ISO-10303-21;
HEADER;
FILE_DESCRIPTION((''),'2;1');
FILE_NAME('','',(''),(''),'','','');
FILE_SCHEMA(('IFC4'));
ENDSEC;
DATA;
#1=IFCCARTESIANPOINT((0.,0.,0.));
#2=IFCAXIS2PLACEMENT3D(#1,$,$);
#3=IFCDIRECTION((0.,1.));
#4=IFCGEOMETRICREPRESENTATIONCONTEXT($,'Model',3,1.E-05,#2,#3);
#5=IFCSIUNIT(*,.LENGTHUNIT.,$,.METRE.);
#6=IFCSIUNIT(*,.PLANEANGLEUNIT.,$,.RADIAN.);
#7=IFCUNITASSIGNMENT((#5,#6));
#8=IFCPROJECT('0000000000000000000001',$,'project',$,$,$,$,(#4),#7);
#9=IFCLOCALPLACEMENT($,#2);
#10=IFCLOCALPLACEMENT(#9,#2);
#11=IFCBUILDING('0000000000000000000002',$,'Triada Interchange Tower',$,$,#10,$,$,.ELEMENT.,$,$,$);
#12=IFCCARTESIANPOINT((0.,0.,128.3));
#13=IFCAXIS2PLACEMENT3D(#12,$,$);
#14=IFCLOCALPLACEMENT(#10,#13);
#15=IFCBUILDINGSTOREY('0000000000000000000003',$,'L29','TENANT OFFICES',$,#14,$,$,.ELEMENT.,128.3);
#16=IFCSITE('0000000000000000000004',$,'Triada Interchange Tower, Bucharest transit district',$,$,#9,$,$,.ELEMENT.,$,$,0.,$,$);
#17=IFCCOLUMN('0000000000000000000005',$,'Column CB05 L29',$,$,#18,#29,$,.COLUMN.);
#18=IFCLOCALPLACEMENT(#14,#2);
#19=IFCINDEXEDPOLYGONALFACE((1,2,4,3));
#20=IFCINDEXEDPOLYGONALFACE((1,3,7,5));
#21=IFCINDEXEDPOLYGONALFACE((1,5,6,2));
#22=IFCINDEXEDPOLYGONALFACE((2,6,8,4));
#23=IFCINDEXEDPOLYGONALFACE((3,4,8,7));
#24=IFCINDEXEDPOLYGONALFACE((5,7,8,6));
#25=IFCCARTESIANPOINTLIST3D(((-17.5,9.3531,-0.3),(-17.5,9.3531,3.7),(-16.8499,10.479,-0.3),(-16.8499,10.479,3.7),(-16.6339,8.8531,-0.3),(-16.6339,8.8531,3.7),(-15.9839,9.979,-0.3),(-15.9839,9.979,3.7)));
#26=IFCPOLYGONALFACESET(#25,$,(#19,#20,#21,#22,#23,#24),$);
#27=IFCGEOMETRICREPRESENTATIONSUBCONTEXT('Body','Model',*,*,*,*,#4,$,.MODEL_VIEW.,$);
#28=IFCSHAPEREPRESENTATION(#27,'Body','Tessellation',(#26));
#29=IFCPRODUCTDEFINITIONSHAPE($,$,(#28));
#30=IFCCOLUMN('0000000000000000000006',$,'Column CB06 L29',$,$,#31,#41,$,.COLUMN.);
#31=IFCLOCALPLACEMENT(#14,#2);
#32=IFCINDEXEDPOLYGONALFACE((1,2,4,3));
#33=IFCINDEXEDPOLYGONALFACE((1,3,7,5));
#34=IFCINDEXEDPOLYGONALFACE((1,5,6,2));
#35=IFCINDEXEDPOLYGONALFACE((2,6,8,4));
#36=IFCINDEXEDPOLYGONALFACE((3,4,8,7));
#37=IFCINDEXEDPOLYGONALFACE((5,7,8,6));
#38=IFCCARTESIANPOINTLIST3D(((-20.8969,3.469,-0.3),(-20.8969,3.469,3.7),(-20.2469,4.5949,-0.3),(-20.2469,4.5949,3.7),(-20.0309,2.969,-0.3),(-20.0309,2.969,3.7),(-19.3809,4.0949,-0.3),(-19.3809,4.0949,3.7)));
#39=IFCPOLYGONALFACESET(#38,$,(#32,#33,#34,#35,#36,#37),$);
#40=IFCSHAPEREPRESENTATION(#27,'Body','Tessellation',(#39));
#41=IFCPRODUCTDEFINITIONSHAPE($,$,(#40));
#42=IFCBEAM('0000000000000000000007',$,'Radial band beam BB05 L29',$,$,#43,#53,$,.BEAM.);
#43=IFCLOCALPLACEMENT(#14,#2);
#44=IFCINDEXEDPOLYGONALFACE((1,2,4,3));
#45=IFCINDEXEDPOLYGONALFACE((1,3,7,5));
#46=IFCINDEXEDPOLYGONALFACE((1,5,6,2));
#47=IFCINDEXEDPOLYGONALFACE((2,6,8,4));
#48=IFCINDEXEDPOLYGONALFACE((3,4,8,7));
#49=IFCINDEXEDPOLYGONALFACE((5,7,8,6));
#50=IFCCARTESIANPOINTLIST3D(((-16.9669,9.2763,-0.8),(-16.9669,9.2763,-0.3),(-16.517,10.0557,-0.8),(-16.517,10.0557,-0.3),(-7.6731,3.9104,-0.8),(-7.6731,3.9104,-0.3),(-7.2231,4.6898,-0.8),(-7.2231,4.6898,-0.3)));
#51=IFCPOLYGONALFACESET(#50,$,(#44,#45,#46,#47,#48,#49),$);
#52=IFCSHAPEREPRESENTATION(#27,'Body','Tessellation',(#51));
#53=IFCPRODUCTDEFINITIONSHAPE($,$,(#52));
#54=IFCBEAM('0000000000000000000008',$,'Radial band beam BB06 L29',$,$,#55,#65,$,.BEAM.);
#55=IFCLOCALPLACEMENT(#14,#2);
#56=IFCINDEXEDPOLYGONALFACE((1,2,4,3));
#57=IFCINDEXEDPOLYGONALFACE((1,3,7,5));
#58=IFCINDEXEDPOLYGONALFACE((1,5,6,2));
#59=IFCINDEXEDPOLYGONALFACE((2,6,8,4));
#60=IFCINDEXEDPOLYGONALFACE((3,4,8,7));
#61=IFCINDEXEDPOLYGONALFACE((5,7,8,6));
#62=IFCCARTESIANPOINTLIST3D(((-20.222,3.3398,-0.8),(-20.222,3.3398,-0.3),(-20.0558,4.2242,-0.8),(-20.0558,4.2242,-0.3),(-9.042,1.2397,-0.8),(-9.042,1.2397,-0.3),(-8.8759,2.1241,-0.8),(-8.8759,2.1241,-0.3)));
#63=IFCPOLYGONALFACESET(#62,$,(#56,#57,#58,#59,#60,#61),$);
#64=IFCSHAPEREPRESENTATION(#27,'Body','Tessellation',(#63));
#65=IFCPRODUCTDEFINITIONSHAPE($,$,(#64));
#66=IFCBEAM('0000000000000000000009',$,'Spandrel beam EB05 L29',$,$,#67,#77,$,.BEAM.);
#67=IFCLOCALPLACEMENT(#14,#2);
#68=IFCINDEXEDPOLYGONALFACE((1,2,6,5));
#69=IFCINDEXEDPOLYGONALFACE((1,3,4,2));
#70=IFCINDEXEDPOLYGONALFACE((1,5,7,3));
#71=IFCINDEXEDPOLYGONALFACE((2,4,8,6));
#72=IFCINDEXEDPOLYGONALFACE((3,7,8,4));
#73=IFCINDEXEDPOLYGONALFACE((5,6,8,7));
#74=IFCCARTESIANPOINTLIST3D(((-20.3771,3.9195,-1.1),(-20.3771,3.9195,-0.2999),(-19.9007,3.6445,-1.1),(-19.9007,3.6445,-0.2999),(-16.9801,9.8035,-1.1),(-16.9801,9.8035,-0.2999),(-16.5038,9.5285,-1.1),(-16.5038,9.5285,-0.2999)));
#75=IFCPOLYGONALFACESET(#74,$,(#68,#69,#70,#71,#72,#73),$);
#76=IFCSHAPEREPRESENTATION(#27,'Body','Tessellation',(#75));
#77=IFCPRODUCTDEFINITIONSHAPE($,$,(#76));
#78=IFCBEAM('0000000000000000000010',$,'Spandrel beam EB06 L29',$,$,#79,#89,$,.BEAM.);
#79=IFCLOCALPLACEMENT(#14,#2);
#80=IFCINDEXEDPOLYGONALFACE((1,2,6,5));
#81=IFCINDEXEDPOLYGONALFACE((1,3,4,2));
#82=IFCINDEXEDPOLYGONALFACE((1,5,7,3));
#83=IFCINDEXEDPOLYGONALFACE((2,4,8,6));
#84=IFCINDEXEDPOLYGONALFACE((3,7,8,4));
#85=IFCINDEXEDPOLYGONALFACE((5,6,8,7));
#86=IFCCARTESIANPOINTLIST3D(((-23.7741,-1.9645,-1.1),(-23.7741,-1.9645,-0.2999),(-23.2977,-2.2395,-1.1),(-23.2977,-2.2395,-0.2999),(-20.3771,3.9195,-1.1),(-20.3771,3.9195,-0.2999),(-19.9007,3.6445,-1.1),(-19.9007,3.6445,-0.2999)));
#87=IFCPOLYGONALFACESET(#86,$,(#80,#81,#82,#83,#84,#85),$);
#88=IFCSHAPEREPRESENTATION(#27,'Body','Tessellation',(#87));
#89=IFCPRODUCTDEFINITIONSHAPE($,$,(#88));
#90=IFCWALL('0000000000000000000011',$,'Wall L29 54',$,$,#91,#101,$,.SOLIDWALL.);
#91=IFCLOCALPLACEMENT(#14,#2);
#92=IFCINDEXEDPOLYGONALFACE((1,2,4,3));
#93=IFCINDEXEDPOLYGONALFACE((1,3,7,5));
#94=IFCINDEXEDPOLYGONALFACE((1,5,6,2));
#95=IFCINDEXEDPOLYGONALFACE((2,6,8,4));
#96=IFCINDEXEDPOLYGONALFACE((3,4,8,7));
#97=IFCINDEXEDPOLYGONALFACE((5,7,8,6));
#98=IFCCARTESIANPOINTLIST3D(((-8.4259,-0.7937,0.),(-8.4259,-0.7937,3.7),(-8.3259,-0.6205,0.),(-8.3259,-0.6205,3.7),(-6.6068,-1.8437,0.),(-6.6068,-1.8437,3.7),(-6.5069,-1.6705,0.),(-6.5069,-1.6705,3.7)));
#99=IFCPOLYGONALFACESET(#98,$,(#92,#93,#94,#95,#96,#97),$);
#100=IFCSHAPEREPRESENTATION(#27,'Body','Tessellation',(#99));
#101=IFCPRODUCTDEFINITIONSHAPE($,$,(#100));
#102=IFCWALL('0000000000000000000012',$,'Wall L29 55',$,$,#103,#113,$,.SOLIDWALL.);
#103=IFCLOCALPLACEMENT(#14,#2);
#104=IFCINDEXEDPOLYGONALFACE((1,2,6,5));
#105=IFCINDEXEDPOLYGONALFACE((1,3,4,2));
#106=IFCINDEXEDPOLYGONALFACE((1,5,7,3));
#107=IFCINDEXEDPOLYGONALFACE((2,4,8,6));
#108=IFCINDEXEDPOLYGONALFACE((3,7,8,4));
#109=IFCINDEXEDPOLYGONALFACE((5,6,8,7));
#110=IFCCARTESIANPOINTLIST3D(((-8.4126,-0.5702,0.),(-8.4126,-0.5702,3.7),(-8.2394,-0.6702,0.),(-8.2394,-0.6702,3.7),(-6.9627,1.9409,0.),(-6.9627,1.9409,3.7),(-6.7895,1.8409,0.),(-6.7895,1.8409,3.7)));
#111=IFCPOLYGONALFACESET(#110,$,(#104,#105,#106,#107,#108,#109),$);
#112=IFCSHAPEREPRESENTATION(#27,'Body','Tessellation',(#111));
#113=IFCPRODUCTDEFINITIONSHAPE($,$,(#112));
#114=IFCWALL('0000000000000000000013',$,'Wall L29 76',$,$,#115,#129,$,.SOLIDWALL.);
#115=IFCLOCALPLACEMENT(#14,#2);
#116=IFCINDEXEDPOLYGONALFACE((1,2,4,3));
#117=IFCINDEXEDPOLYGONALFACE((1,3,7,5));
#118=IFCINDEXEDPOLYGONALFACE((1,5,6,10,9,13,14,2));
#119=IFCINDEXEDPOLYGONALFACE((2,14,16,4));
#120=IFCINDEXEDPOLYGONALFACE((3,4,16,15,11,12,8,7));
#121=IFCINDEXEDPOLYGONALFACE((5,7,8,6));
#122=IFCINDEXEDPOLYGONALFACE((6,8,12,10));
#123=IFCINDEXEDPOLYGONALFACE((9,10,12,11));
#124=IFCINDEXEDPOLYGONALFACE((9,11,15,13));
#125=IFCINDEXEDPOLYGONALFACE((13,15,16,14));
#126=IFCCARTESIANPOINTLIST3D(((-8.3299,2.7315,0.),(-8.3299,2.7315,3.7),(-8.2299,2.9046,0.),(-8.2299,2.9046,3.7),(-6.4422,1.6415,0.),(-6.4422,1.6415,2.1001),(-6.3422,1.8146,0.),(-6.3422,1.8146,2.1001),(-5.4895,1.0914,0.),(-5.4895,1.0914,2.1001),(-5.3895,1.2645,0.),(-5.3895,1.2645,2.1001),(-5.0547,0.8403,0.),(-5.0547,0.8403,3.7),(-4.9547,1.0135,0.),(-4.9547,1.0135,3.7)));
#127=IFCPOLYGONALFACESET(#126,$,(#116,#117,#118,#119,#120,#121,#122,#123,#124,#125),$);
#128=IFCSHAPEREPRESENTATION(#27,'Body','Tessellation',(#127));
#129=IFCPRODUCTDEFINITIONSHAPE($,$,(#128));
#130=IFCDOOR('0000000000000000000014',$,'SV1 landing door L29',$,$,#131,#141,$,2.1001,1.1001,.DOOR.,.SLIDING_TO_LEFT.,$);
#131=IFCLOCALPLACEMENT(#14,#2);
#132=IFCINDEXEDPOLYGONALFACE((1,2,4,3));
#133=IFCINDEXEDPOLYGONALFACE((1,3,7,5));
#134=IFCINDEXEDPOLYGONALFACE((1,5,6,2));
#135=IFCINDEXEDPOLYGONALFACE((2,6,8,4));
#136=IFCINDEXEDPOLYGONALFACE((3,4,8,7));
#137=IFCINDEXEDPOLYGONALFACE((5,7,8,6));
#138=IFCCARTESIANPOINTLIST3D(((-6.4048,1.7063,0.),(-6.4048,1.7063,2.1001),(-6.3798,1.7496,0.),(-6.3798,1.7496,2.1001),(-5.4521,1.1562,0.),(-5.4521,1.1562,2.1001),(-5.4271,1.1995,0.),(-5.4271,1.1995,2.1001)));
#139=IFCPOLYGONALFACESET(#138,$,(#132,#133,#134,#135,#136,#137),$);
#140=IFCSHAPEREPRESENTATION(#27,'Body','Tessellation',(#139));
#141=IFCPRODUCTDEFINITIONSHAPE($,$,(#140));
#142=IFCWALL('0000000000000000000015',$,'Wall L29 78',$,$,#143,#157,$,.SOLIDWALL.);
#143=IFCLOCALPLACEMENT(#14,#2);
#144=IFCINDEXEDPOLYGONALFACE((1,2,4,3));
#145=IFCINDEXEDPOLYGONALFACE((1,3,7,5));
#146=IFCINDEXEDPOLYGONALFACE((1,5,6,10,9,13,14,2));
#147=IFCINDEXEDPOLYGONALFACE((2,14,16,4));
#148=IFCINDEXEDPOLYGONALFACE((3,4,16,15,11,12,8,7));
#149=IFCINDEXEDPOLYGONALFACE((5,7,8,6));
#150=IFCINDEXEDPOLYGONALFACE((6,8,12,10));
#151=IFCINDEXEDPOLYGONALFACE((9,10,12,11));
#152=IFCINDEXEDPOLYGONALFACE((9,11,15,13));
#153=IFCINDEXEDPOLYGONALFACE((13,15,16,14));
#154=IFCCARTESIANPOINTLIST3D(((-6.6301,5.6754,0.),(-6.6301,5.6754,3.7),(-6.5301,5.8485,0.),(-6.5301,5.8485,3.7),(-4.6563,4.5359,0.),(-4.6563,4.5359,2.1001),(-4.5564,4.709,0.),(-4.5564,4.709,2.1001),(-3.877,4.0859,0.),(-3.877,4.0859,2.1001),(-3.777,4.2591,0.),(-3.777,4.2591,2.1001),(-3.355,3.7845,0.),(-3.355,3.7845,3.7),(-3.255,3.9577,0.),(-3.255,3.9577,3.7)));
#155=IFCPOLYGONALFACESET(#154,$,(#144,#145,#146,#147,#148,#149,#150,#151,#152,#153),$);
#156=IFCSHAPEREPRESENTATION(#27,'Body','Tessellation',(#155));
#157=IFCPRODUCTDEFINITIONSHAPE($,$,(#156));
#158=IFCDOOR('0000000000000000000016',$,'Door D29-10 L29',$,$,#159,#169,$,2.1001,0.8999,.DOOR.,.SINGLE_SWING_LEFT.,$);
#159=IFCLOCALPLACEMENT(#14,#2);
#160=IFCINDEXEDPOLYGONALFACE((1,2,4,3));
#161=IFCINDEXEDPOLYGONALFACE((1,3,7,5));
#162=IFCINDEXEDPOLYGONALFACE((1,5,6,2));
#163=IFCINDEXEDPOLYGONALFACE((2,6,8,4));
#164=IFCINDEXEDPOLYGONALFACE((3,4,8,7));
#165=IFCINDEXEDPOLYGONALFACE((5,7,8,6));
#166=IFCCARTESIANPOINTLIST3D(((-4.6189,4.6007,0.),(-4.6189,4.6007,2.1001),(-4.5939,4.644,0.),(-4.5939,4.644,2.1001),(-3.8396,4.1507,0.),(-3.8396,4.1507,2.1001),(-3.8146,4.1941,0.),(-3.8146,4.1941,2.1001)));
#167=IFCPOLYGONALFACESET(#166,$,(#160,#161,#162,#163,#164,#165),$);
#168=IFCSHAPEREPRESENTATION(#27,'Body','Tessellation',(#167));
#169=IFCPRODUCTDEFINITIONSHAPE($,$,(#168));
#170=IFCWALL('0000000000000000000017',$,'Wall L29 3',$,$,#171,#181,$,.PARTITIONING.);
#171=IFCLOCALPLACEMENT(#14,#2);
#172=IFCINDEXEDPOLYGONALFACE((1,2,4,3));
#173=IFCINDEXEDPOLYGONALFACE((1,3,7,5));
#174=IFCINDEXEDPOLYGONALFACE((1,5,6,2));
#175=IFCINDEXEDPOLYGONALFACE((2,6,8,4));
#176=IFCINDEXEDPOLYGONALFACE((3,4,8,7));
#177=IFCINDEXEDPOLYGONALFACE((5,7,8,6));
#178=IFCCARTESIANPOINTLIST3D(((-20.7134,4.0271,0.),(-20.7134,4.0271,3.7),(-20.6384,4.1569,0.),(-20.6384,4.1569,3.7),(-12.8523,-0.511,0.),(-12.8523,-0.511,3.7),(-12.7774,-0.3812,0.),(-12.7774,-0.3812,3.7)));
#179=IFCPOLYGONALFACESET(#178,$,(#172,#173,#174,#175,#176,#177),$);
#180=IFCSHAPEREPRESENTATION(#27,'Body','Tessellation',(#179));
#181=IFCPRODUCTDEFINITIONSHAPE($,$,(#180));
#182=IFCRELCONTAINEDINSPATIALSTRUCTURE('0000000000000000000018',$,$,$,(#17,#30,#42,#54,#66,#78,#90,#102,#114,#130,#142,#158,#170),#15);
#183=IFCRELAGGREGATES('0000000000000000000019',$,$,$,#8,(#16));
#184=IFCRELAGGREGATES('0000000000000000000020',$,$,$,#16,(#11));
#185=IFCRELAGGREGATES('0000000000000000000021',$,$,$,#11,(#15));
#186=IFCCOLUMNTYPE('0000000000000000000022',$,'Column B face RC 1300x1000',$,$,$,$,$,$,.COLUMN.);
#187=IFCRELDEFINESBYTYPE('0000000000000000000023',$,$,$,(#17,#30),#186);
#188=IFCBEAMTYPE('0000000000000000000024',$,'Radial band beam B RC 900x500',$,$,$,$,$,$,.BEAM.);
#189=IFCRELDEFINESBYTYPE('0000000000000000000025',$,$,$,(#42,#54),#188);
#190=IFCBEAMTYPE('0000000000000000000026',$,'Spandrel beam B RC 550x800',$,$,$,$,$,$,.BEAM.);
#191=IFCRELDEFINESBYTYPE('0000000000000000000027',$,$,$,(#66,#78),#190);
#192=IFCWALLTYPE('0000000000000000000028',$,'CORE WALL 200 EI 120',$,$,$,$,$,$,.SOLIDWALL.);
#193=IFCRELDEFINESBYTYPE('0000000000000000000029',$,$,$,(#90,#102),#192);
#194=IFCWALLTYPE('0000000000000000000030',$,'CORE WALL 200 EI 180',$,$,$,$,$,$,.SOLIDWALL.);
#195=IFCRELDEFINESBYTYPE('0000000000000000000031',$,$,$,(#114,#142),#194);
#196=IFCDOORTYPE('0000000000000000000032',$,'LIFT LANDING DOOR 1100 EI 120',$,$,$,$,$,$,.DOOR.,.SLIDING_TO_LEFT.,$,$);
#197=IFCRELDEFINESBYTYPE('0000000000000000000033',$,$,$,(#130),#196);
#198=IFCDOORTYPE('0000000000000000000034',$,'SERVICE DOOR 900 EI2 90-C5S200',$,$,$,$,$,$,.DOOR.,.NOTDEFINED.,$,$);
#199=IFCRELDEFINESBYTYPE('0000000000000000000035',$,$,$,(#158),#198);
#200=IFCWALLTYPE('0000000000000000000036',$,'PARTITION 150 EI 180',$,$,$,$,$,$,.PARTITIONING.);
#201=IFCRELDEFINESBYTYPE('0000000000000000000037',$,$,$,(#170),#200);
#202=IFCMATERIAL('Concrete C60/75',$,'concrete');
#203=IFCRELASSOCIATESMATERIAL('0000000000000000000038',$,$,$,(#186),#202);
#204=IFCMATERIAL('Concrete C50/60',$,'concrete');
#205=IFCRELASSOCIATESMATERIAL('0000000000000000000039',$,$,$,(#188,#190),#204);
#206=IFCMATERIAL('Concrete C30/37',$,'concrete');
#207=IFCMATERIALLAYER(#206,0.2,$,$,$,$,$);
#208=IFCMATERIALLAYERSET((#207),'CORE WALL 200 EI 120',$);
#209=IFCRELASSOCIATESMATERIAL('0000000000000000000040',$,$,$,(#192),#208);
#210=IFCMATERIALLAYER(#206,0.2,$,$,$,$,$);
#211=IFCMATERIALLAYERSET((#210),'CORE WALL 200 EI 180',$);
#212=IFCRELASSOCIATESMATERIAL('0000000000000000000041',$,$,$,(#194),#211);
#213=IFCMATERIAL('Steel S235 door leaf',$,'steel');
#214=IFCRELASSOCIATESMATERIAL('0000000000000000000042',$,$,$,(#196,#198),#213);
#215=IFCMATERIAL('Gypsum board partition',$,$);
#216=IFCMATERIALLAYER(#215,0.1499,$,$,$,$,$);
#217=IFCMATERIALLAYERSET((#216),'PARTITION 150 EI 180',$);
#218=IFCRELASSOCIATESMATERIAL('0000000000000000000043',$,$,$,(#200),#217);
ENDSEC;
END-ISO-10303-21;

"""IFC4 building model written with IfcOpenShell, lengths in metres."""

from ifc_helpers import new_model, si_unit, direction, frame, frame_2d, origin, origin_2d, place, context, subcontext, project, spatial, rectangle, extrude, material, layer, layer_set, material_profile, profile_set, type_object, element, fill, save


model = new_model("IFC4")

# Units and contexts
model_context = context("Model", 3, precision=1e-05, world=origin(), true_north=direction((0.0, 1.0)))
body_context = subcontext(model_context, "Body", "Model", "MODEL_VIEW")
ifc_project = project(units=[si_unit("LENGTHUNIT", "METRE"), si_unit("PLANEANGLEUNIT", "RADIAN")], contexts=[model_context])

# Site, building, storey
site_placement = place(None, origin())
site = spatial("IfcSite", under=ifc_project, at=site_placement, Name="Triada Interchange Tower, Bucharest transit district", CompositionType="ELEMENT", RefElevation=0.0)
building_placement = place(site_placement, origin())
building = spatial("IfcBuilding", under=site, at=building_placement, Name="Triada Interchange Tower", CompositionType="ELEMENT")
storey_placement = place(building_placement, frame((0.0, 0.0, 128.3)))
storey = spatial("IfcBuildingStorey", under=building, at=storey_placement, Name="L29", Description="TENANT OFFICES", CompositionType="ELEMENT", Elevation=128.3)

# Columns
ifc_material_1 = material(Name="Concrete C60/75", Category="concrete")
ifc_material_profile_1 = material_profile(ifc_material_1, rectangle(XDim=1.3, YDim=1.0, at=origin_2d()), Name="RC 1300x1000")
ifc_profile_set_1 = profile_set([ifc_material_profile_1], Name="Concrete C60/75")
column_type = type_object("IfcColumnType", Name="Column B face RC 1300x1000", PredefinedType="COLUMN", material=ifc_profile_set_1)
for number, where, z_axis, x_axis, name in (
    (1, (-16.7419, 9.666, -0.3), (0.0, 0.0, 1.0), (0.5, 0.866025, 0.0), "Column CB05 L29"),
    (2, (-20.1389, 3.782, -0.3), (0.0, 0.0, 1.0), (0.5, 0.866025, 0.0), "Column CB06 L29"),
):
    element("IfcColumn", number, at=place(storey_placement, frame(where, z_axis=z_axis, x_axis=x_axis)), inside=storey, type_object=column_type, Name=name, PredefinedType="COLUMN", context=body_context, shape_type="SweptSolid", body=[
        extrude(rectangle(XDim=1.3, YDim=1.0, at=origin_2d()), origin(), (0.0, 0.0, 1.0), 4.0),
    ])

# Beams
ifc_material_2 = material(Name="Concrete C50/60", Category="concrete")
ifc_material_profile_2 = material_profile(ifc_material_2, rectangle(XDim=0.8999, YDim=0.5, at=origin_2d()), Name="RC 900x500")
ifc_profile_set_2 = profile_set([ifc_material_profile_2], Name="Concrete C50/60")
beam_type_1 = type_object("IfcBeamType", Name="Radial band beam B RC 900x500", PredefinedType="BEAM", material=ifc_profile_set_2)
beam_1_placement = place(storey_placement, frame((-16.7419, 9.666, -0.55), z_axis=(0.866021, -0.500007, 0.0), x_axis=(0.500007, 0.866021, 0.0)))
element("IfcBeam", 3, at=beam_1_placement, inside=storey, type_object=beam_type_1, Name="Radial band beam BB05 L29", PredefinedType="BEAM", context=body_context, shape_type="SweptSolid", body=[
    extrude(rectangle(XDim=0.8999, YDim=0.5, at=origin_2d()), origin(), (0.0, 0.0, 1.0), 10.7317),
])
beam_2_placement = place(storey_placement, frame((-20.1389, 3.782, -0.55), z_axis=(0.982811, -0.184616, 0.0), x_axis=(0.184616, 0.982811, 0.0)))
element("IfcBeam", 4, at=beam_2_placement, inside=storey, type_object=beam_type_1, Name="Radial band beam BB06 L29", PredefinedType="BEAM", context=body_context, shape_type="SweptSolid", body=[
    extrude(rectangle(XDim=0.8999, YDim=0.5, at=origin_2d()), origin(), (0.0, 0.0, 1.0), 11.3755),
])
ifc_material_profile_3 = material_profile(ifc_material_2, rectangle(XDim=0.55, YDim=0.8, at=origin_2d()), Name="RC 550x800")
ifc_profile_set_3 = profile_set([ifc_material_profile_3], Name="Concrete C50/60")
beam_type_2 = type_object("IfcBeamType", Name="Spandrel beam B RC 550x800", PredefinedType="BEAM", material=ifc_profile_set_3)
for number, where, z_axis, x_axis, name in (
    (5, (-16.7419, 9.666, -0.7), (-0.499981, -0.866037, 0.0), (0.866037, -0.499981, 0.0), "Spandrel beam EB05 L29"),
    (6, (-20.1389, 3.782, -0.7), (-0.499981, -0.866037, 0.0), (0.866037, -0.499981, 0.0), "Spandrel beam EB06 L29"),
):
    element("IfcBeam", number, at=place(storey_placement, frame(where, z_axis=z_axis, x_axis=x_axis)), inside=storey, type_object=beam_type_2, Name=name, PredefinedType="BEAM", context=body_context, shape_type="SweptSolid", body=[
        extrude(rectangle(XDim=0.55, YDim=0.8, at=origin_2d()), origin(), (0.0, 0.0, 1.0), 6.7942),
    ])

# Walls
ifc_material_3 = material(Name="Concrete C30/37", Category="concrete")
ifc_layer_1 = layer(ifc_material_3, 0.2)
ifc_layer_set_1 = layer_set([ifc_layer_1], Name="CORE WALL 200 EI 120")
wall_type_1 = type_object("IfcWallType", Name="CORE WALL 200 EI 120", PredefinedType="SOLIDWALL", material=ifc_layer_set_1)
wall_1_placement = place(storey_placement, frame((-8.376, -0.707, 0.0), z_axis=(0.0, 0.0, 1.0), x_axis=(0.866068, -0.499927, 0.0)))
element("IfcWall", 7, at=wall_1_placement, inside=storey, type_object=wall_type_1, Name="Wall L29 54", PredefinedType="SOLIDWALL", context=body_context, shape_type="SweptSolid", body=[
    extrude(rectangle(XDim=2.1003, YDim=0.2, at=frame_2d((1.0503, 0.0))), origin(), (0.0, 0.0, 1.0), 3.7),
])
wall_2_placement = place(storey_placement, frame((-8.3259, -0.6201, 0.0), z_axis=(0.0, 0.0, 1.0), x_axis=(0.500024, 0.866012, 0.0)))
element("IfcWall", 8, at=wall_2_placement, inside=storey, type_object=wall_type_1, Name="Wall L29 55", PredefinedType="SOLIDWALL", context=body_context, shape_type="SweptSolid", body=[
    extrude(rectangle(XDim=2.8997, YDim=0.2, at=frame_2d((1.4497, 0.0))), origin(), (0.0, 0.0, 1.0), 3.7),
])

# Walls, openings, doors
ifc_layer_2 = layer(ifc_material_3, 0.2)
ifc_layer_set_2 = layer_set([ifc_layer_2], Name="CORE WALL 200 EI 180")
wall_type_2 = type_object("IfcWallType", Name="CORE WALL 200 EI 180", PredefinedType="SOLIDWALL", material=ifc_layer_set_2)
wall_3_placement = place(storey_placement, frame((-8.28, 2.8181, 0.0), z_axis=(0.0, 0.0, 1.0), x_axis=(0.866002, -0.500041, 0.0)))
wall_3 = element("IfcWall", 9, at=wall_3_placement, inside=storey, type_object=wall_type_2, Name="Wall L29 76", PredefinedType="SOLIDWALL", context=body_context, shape_type="SweptSolid", body=[
    extrude(rectangle(XDim=3.782, YDim=0.2, at=frame_2d((1.8911, 0.0))), origin(), (0.0, 0.0, 1.0), 3.7),
])
opening_1_placement = place(wall_3_placement, frame((2.1799, 0.0, 0.0)))
opening_1 = element("IfcOpeningElement", 10, at=opening_1_placement, cuts=wall_3, PredefinedType="OPENING", context=body_context, shape_type="SweptSolid", body=[
    extrude(rectangle(XDim=1.1001, YDim=2.1001, at=frame_2d((0.55, 1.05))), frame((0.0, 0.1099, 0.0), z_axis=(0.0, -1.0, 0.0), x_axis=(1.0, 0.0, 0.0)), (0.0, 0.0, 1.0), 0.22),
])
ifc_material_4 = material(Name="Steel S235 door leaf", Category="steel")
door_type_1 = type_object("IfcDoorType", Name="LIFT LANDING DOOR 1100 EI 120", OperationType="SLIDING_TO_LEFT", PredefinedType="DOOR", material=ifc_material_4)
door_1_placement = place(opening_1_placement, origin())
door_1 = element("IfcDoor", 11, at=door_1_placement, inside=storey, type_object=door_type_1, Name="SV1 landing door L29", OperationType="SLIDING_TO_LEFT", OverallHeight=2.1001, OverallWidth=1.1001, PredefinedType="DOOR", context=body_context, shape_type="SweptSolid", body=[
    extrude(rectangle(XDim=1.1001, YDim=2.1001, at=frame_2d((0.55, 1.05))), frame((0.0, 0.0249, 0.0), z_axis=(0.0, -1.0, 0.0), x_axis=(1.0, 0.0, 0.0)), (0.0, 0.0, 1.0), 0.05),
])
fill(opening_1, door_1)
wall_4_placement = place(storey_placement, frame((-6.5801, 5.762, 0.0), z_axis=(0.0, 0.0, 1.0), x_axis=(0.86603, -0.499993, 0.0)))
wall_4 = element("IfcWall", 12, at=wall_4_placement, inside=storey, type_object=wall_type_2, Name="Wall L29 78", PredefinedType="SOLIDWALL", context=body_context, shape_type="SweptSolid", body=[
    extrude(rectangle(XDim=3.7817, YDim=0.2, at=frame_2d((1.8909, 0.0))), origin(), (0.0, 0.0, 1.0), 3.7),
])
opening_2_placement = place(wall_4_placement, frame((2.2791, 0.0, 0.0)))
opening_2 = element("IfcOpeningElement", 13, at=opening_2_placement, cuts=wall_4, PredefinedType="OPENING", context=body_context, shape_type="SweptSolid", body=[
    extrude(rectangle(XDim=0.8999, YDim=2.1001, at=frame_2d((0.45, 1.05))), frame((0.0, 0.1099, 0.0), z_axis=(0.0, -1.0, 0.0), x_axis=(1.0, 0.0, 0.0)), (0.0, 0.0, 1.0), 0.22),
])
door_type_2 = type_object("IfcDoorType", Name="SERVICE DOOR 900 EI2 90-C5S200", OperationType="NOTDEFINED", PredefinedType="DOOR", material=ifc_material_4)
door_2_placement = place(opening_2_placement, origin())
door_2 = element("IfcDoor", 14, at=door_2_placement, inside=storey, type_object=door_type_2, Name="Door D29-10 L29", OperationType="SINGLE_SWING_LEFT", OverallHeight=2.1001, OverallWidth=0.8999, PredefinedType="DOOR", context=body_context, shape_type="SweptSolid", body=[
    extrude(rectangle(XDim=0.8999, YDim=2.1001, at=frame_2d((0.45, 1.05))), frame((0.0, 0.0249, 0.0), z_axis=(0.0, -1.0, 0.0), x_axis=(1.0, 0.0, 0.0)), (0.0, 0.0, 1.0), 0.05),
])
fill(opening_2, door_2)

# Wall
ifc_material_5 = material(Name="Gypsum board partition")
ifc_layer_3 = layer(ifc_material_5, 0.1499)
ifc_layer_set_3 = layer_set([ifc_layer_3], Name="PARTITION 150 EI 180")
wall_type_3 = type_object("IfcWallType", Name="PARTITION 150 EI 180", PredefinedType="PARTITIONING", material=ifc_layer_set_3)
wall_5_placement = place(storey_placement, frame((-20.676, 4.092, 0.0), z_axis=(0.0, 0.0, 1.0), x_axis=(0.86605, -0.499958, 0.0)))
element("IfcWall", 15, at=wall_5_placement, inside=storey, type_object=wall_type_3, Name="Wall L29 3", PredefinedType="PARTITIONING", context=body_context, shape_type="SweptSolid", body=[
    extrude(rectangle(XDim=9.0769, YDim=0.1499, at=frame_2d((4.5386, 0.0))), origin(), (0.0, 0.0, 1.0), 3.7),
])

save(model, "model.ifc")
